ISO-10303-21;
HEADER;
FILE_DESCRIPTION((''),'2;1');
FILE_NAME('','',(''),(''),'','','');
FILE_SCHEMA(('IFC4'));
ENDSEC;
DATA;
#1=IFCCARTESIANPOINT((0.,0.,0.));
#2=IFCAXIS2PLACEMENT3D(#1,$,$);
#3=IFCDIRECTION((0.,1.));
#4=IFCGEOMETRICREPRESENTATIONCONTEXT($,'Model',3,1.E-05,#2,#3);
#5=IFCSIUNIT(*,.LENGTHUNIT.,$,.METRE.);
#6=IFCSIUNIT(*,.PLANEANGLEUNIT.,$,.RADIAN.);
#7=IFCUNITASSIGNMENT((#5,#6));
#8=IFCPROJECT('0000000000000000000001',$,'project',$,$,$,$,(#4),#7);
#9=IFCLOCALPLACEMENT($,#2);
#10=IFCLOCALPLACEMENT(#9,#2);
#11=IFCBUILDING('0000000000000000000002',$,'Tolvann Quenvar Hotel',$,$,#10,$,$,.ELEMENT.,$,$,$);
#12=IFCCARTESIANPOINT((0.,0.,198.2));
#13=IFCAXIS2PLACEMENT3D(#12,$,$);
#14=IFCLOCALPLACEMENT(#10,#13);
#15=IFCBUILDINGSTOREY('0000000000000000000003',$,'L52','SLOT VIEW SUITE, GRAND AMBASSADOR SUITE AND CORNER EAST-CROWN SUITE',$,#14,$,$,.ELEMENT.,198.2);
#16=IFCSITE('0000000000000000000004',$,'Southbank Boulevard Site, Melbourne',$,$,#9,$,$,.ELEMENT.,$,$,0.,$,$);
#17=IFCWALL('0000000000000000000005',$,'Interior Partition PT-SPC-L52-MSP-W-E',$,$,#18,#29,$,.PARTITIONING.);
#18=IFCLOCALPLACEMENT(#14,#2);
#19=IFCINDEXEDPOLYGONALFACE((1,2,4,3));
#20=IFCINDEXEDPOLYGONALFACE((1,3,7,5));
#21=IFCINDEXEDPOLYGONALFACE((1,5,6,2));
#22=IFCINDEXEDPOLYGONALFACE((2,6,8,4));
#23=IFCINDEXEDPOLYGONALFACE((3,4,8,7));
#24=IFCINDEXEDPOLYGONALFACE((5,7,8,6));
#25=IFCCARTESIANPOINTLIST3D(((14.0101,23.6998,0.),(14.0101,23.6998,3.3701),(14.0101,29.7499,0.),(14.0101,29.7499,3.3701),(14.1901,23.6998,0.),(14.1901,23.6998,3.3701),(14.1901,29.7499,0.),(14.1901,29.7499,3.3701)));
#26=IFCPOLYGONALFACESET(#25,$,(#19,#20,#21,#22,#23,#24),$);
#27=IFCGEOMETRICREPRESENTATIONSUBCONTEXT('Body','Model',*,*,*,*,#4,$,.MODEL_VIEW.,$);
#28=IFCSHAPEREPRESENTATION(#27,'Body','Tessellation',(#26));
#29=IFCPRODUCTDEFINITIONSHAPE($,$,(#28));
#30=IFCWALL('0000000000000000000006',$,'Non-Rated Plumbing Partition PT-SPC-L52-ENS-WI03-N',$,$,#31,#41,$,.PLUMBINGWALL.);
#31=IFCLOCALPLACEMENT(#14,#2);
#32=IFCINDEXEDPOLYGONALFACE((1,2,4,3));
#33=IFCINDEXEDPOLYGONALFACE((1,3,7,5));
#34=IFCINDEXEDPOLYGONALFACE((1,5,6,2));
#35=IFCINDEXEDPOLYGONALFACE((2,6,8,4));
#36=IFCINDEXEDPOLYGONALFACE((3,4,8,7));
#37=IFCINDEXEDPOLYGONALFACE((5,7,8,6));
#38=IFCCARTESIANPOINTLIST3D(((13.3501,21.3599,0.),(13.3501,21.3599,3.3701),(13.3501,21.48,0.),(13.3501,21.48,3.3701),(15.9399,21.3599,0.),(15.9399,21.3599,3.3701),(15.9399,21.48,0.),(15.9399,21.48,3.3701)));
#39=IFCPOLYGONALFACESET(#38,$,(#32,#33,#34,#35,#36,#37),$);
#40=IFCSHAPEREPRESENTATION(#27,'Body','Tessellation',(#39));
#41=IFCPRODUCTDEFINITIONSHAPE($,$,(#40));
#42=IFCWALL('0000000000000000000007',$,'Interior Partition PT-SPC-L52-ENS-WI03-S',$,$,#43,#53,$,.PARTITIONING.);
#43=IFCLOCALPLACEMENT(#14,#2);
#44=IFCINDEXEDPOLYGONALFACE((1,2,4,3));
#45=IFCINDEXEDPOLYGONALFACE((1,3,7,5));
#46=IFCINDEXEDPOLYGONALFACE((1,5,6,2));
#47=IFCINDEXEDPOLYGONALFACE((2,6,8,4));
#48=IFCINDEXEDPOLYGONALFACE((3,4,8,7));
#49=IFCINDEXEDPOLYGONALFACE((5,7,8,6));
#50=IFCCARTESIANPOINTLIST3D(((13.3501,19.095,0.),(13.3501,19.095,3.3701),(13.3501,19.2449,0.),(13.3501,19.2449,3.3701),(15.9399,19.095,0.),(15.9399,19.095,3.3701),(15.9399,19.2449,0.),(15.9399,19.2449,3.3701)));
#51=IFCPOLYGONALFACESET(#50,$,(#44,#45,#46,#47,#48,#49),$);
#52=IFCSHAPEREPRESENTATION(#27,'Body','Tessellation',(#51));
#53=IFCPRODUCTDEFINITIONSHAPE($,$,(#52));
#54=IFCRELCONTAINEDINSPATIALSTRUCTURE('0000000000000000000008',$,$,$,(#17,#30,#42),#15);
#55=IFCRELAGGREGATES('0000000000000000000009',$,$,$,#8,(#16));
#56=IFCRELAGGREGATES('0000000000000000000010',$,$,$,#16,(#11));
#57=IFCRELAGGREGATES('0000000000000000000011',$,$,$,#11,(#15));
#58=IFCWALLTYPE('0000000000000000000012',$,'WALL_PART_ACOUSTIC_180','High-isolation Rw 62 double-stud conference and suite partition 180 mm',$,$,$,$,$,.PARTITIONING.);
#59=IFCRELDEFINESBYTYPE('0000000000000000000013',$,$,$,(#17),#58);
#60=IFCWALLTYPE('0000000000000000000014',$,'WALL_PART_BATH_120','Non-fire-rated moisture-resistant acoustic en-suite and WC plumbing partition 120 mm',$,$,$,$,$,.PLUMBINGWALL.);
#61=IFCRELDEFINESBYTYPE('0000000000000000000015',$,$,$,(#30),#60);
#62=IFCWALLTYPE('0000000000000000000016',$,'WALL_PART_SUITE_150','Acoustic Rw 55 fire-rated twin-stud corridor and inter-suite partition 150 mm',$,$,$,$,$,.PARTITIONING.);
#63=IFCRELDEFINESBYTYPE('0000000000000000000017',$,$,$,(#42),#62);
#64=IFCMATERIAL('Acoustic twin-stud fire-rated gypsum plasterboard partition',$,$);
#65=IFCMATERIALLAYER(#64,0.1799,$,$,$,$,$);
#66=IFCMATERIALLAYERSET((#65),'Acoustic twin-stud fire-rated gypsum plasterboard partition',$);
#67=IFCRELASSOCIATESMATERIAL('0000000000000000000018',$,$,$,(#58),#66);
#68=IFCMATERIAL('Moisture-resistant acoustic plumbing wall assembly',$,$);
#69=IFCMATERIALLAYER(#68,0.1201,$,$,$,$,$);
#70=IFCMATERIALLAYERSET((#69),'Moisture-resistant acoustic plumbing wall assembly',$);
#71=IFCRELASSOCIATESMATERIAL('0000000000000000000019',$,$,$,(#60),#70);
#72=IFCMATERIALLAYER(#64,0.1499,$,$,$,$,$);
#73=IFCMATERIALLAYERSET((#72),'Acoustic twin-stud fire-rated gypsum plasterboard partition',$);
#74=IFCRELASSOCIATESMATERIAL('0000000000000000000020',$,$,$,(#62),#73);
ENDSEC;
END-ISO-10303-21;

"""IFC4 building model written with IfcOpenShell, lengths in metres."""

from ifc_helpers import new_model, si_unit, direction, frame, frame_2d, origin, place, context, subcontext, project, spatial, rectangle, extrude, material, layer, layer_set, type_object, element, save


model = new_model("IFC4")

# Units and contexts
model_context = context("Model", 3, precision=1e-05, world=origin(), true_north=direction((0.0, 1.0)))
body_context = subcontext(model_context, "Body", "Model", "MODEL_VIEW")
ifc_project = project(units=[si_unit("LENGTHUNIT", "METRE"), si_unit("PLANEANGLEUNIT", "RADIAN")], contexts=[model_context])

# Site, building, storey
site_placement = place(None, origin())
site = spatial("IfcSite", under=ifc_project, at=site_placement, Name="Southbank Boulevard Site, Melbourne", CompositionType="ELEMENT", RefElevation=0.0)
building_placement = place(site_placement, origin())
building = spatial("IfcBuilding", under=site, at=building_placement, Name="Tolvann Quenvar Hotel", CompositionType="ELEMENT")
storey_placement = place(building_placement, frame((0.0, 0.0, 198.2)))
storey = spatial("IfcBuildingStorey", under=building, at=storey_placement, Name="L52", Description="SLOT VIEW SUITE, GRAND AMBASSADOR SUITE AND CORNER EAST-CROWN SUITE", CompositionType="ELEMENT", Elevation=198.2)

# Shared definitions
ifc_material_1 = material(Name="Acoustic twin-stud fire-rated gypsum plasterboard partition")
ifc_layer_1 = layer(ifc_material_1, 0.1799)
ifc_layer_set_1 = layer_set([ifc_layer_1], Name="Acoustic twin-stud fire-rated gypsum plasterboard partition")
wall_type_1 = type_object("IfcWallType", Name="WALL_PART_ACOUSTIC_180", Description="High-isolation Rw 62 double-stud conference and suite partition 180 mm", PredefinedType="PARTITIONING", material=ifc_layer_set_1)

# Walls
for number, where, z_axis, x_axis, name in (
    (1, (14.1001, 23.7, 0.0), (0.0, 0.0, 1.0), (0.0, 1.0, 0.0), "Interior Partition PT-SPC-L52-MSP-W-E"),
):
    element("IfcWall", number, at=place(storey_placement, frame(where, z_axis=z_axis, x_axis=x_axis)), inside=storey, type_object=wall_type_1, Name=name, PredefinedType="PARTITIONING", context=body_context, shape_type="SweptSolid", body=[
        extrude(rectangle(XDim=6.05, YDim=0.1799, at=frame_2d((3.0249, 0.0))), origin(), (0.0, 0.0, 1.0), 3.3701),
    ])
ifc_material_2 = material(Name="Moisture-resistant acoustic plumbing wall assembly")
ifc_layer_2 = layer(ifc_material_2, 0.1201)
ifc_layer_set_2 = layer_set([ifc_layer_2], Name="Moisture-resistant acoustic plumbing wall assembly")
wall_type_2 = type_object("IfcWallType", Name="WALL_PART_BATH_120", Description="Non-fire-rated moisture-resistant acoustic en-suite and WC plumbing partition 120 mm", PredefinedType="PLUMBINGWALL", material=ifc_layer_set_2)
wall_1_placement = place(storey_placement, frame((13.3501, 21.4199, 0.0), z_axis=(0.0, 0.0, 1.0), x_axis=(1.0, 0.0, 0.0)))
element("IfcWall", 2, at=wall_1_placement, inside=storey, type_object=wall_type_2, Name="Non-Rated Plumbing Partition PT-SPC-L52-ENS-WI03-N", PredefinedType="PLUMBINGWALL", context=body_context, shape_type="SweptSolid", body=[
    extrude(rectangle(XDim=2.5898, YDim=0.1201, at=frame_2d((1.2949, 0.0))), origin(), (0.0, 0.0, 1.0), 3.3701),
])
ifc_layer_3 = layer(ifc_material_1, 0.1499)
ifc_layer_set_3 = layer_set([ifc_layer_3], Name="Acoustic twin-stud fire-rated gypsum plasterboard partition")
wall_type_3 = type_object("IfcWallType", Name="WALL_PART_SUITE_150", Description="Acoustic Rw 55 fire-rated twin-stud corridor and inter-suite partition 150 mm", PredefinedType="PARTITIONING", material=ifc_layer_set_3)
wall_2_placement = place(storey_placement, frame((13.3501, 19.1699, 0.0), z_axis=(0.0, 0.0, 1.0), x_axis=(1.0, 0.0, 0.0)))
element("IfcWall", 3, at=wall_2_placement, inside=storey, type_object=wall_type_3, Name="Interior Partition PT-SPC-L52-ENS-WI03-S", PredefinedType="PARTITIONING", context=body_context, shape_type="SweptSolid", body=[
    extrude(rectangle(XDim=2.5898, YDim=0.1499, at=frame_2d((1.2949, 0.0))), origin(), (0.0, 0.0, 1.0), 3.3701),
])

save(model, "model.ifc")
